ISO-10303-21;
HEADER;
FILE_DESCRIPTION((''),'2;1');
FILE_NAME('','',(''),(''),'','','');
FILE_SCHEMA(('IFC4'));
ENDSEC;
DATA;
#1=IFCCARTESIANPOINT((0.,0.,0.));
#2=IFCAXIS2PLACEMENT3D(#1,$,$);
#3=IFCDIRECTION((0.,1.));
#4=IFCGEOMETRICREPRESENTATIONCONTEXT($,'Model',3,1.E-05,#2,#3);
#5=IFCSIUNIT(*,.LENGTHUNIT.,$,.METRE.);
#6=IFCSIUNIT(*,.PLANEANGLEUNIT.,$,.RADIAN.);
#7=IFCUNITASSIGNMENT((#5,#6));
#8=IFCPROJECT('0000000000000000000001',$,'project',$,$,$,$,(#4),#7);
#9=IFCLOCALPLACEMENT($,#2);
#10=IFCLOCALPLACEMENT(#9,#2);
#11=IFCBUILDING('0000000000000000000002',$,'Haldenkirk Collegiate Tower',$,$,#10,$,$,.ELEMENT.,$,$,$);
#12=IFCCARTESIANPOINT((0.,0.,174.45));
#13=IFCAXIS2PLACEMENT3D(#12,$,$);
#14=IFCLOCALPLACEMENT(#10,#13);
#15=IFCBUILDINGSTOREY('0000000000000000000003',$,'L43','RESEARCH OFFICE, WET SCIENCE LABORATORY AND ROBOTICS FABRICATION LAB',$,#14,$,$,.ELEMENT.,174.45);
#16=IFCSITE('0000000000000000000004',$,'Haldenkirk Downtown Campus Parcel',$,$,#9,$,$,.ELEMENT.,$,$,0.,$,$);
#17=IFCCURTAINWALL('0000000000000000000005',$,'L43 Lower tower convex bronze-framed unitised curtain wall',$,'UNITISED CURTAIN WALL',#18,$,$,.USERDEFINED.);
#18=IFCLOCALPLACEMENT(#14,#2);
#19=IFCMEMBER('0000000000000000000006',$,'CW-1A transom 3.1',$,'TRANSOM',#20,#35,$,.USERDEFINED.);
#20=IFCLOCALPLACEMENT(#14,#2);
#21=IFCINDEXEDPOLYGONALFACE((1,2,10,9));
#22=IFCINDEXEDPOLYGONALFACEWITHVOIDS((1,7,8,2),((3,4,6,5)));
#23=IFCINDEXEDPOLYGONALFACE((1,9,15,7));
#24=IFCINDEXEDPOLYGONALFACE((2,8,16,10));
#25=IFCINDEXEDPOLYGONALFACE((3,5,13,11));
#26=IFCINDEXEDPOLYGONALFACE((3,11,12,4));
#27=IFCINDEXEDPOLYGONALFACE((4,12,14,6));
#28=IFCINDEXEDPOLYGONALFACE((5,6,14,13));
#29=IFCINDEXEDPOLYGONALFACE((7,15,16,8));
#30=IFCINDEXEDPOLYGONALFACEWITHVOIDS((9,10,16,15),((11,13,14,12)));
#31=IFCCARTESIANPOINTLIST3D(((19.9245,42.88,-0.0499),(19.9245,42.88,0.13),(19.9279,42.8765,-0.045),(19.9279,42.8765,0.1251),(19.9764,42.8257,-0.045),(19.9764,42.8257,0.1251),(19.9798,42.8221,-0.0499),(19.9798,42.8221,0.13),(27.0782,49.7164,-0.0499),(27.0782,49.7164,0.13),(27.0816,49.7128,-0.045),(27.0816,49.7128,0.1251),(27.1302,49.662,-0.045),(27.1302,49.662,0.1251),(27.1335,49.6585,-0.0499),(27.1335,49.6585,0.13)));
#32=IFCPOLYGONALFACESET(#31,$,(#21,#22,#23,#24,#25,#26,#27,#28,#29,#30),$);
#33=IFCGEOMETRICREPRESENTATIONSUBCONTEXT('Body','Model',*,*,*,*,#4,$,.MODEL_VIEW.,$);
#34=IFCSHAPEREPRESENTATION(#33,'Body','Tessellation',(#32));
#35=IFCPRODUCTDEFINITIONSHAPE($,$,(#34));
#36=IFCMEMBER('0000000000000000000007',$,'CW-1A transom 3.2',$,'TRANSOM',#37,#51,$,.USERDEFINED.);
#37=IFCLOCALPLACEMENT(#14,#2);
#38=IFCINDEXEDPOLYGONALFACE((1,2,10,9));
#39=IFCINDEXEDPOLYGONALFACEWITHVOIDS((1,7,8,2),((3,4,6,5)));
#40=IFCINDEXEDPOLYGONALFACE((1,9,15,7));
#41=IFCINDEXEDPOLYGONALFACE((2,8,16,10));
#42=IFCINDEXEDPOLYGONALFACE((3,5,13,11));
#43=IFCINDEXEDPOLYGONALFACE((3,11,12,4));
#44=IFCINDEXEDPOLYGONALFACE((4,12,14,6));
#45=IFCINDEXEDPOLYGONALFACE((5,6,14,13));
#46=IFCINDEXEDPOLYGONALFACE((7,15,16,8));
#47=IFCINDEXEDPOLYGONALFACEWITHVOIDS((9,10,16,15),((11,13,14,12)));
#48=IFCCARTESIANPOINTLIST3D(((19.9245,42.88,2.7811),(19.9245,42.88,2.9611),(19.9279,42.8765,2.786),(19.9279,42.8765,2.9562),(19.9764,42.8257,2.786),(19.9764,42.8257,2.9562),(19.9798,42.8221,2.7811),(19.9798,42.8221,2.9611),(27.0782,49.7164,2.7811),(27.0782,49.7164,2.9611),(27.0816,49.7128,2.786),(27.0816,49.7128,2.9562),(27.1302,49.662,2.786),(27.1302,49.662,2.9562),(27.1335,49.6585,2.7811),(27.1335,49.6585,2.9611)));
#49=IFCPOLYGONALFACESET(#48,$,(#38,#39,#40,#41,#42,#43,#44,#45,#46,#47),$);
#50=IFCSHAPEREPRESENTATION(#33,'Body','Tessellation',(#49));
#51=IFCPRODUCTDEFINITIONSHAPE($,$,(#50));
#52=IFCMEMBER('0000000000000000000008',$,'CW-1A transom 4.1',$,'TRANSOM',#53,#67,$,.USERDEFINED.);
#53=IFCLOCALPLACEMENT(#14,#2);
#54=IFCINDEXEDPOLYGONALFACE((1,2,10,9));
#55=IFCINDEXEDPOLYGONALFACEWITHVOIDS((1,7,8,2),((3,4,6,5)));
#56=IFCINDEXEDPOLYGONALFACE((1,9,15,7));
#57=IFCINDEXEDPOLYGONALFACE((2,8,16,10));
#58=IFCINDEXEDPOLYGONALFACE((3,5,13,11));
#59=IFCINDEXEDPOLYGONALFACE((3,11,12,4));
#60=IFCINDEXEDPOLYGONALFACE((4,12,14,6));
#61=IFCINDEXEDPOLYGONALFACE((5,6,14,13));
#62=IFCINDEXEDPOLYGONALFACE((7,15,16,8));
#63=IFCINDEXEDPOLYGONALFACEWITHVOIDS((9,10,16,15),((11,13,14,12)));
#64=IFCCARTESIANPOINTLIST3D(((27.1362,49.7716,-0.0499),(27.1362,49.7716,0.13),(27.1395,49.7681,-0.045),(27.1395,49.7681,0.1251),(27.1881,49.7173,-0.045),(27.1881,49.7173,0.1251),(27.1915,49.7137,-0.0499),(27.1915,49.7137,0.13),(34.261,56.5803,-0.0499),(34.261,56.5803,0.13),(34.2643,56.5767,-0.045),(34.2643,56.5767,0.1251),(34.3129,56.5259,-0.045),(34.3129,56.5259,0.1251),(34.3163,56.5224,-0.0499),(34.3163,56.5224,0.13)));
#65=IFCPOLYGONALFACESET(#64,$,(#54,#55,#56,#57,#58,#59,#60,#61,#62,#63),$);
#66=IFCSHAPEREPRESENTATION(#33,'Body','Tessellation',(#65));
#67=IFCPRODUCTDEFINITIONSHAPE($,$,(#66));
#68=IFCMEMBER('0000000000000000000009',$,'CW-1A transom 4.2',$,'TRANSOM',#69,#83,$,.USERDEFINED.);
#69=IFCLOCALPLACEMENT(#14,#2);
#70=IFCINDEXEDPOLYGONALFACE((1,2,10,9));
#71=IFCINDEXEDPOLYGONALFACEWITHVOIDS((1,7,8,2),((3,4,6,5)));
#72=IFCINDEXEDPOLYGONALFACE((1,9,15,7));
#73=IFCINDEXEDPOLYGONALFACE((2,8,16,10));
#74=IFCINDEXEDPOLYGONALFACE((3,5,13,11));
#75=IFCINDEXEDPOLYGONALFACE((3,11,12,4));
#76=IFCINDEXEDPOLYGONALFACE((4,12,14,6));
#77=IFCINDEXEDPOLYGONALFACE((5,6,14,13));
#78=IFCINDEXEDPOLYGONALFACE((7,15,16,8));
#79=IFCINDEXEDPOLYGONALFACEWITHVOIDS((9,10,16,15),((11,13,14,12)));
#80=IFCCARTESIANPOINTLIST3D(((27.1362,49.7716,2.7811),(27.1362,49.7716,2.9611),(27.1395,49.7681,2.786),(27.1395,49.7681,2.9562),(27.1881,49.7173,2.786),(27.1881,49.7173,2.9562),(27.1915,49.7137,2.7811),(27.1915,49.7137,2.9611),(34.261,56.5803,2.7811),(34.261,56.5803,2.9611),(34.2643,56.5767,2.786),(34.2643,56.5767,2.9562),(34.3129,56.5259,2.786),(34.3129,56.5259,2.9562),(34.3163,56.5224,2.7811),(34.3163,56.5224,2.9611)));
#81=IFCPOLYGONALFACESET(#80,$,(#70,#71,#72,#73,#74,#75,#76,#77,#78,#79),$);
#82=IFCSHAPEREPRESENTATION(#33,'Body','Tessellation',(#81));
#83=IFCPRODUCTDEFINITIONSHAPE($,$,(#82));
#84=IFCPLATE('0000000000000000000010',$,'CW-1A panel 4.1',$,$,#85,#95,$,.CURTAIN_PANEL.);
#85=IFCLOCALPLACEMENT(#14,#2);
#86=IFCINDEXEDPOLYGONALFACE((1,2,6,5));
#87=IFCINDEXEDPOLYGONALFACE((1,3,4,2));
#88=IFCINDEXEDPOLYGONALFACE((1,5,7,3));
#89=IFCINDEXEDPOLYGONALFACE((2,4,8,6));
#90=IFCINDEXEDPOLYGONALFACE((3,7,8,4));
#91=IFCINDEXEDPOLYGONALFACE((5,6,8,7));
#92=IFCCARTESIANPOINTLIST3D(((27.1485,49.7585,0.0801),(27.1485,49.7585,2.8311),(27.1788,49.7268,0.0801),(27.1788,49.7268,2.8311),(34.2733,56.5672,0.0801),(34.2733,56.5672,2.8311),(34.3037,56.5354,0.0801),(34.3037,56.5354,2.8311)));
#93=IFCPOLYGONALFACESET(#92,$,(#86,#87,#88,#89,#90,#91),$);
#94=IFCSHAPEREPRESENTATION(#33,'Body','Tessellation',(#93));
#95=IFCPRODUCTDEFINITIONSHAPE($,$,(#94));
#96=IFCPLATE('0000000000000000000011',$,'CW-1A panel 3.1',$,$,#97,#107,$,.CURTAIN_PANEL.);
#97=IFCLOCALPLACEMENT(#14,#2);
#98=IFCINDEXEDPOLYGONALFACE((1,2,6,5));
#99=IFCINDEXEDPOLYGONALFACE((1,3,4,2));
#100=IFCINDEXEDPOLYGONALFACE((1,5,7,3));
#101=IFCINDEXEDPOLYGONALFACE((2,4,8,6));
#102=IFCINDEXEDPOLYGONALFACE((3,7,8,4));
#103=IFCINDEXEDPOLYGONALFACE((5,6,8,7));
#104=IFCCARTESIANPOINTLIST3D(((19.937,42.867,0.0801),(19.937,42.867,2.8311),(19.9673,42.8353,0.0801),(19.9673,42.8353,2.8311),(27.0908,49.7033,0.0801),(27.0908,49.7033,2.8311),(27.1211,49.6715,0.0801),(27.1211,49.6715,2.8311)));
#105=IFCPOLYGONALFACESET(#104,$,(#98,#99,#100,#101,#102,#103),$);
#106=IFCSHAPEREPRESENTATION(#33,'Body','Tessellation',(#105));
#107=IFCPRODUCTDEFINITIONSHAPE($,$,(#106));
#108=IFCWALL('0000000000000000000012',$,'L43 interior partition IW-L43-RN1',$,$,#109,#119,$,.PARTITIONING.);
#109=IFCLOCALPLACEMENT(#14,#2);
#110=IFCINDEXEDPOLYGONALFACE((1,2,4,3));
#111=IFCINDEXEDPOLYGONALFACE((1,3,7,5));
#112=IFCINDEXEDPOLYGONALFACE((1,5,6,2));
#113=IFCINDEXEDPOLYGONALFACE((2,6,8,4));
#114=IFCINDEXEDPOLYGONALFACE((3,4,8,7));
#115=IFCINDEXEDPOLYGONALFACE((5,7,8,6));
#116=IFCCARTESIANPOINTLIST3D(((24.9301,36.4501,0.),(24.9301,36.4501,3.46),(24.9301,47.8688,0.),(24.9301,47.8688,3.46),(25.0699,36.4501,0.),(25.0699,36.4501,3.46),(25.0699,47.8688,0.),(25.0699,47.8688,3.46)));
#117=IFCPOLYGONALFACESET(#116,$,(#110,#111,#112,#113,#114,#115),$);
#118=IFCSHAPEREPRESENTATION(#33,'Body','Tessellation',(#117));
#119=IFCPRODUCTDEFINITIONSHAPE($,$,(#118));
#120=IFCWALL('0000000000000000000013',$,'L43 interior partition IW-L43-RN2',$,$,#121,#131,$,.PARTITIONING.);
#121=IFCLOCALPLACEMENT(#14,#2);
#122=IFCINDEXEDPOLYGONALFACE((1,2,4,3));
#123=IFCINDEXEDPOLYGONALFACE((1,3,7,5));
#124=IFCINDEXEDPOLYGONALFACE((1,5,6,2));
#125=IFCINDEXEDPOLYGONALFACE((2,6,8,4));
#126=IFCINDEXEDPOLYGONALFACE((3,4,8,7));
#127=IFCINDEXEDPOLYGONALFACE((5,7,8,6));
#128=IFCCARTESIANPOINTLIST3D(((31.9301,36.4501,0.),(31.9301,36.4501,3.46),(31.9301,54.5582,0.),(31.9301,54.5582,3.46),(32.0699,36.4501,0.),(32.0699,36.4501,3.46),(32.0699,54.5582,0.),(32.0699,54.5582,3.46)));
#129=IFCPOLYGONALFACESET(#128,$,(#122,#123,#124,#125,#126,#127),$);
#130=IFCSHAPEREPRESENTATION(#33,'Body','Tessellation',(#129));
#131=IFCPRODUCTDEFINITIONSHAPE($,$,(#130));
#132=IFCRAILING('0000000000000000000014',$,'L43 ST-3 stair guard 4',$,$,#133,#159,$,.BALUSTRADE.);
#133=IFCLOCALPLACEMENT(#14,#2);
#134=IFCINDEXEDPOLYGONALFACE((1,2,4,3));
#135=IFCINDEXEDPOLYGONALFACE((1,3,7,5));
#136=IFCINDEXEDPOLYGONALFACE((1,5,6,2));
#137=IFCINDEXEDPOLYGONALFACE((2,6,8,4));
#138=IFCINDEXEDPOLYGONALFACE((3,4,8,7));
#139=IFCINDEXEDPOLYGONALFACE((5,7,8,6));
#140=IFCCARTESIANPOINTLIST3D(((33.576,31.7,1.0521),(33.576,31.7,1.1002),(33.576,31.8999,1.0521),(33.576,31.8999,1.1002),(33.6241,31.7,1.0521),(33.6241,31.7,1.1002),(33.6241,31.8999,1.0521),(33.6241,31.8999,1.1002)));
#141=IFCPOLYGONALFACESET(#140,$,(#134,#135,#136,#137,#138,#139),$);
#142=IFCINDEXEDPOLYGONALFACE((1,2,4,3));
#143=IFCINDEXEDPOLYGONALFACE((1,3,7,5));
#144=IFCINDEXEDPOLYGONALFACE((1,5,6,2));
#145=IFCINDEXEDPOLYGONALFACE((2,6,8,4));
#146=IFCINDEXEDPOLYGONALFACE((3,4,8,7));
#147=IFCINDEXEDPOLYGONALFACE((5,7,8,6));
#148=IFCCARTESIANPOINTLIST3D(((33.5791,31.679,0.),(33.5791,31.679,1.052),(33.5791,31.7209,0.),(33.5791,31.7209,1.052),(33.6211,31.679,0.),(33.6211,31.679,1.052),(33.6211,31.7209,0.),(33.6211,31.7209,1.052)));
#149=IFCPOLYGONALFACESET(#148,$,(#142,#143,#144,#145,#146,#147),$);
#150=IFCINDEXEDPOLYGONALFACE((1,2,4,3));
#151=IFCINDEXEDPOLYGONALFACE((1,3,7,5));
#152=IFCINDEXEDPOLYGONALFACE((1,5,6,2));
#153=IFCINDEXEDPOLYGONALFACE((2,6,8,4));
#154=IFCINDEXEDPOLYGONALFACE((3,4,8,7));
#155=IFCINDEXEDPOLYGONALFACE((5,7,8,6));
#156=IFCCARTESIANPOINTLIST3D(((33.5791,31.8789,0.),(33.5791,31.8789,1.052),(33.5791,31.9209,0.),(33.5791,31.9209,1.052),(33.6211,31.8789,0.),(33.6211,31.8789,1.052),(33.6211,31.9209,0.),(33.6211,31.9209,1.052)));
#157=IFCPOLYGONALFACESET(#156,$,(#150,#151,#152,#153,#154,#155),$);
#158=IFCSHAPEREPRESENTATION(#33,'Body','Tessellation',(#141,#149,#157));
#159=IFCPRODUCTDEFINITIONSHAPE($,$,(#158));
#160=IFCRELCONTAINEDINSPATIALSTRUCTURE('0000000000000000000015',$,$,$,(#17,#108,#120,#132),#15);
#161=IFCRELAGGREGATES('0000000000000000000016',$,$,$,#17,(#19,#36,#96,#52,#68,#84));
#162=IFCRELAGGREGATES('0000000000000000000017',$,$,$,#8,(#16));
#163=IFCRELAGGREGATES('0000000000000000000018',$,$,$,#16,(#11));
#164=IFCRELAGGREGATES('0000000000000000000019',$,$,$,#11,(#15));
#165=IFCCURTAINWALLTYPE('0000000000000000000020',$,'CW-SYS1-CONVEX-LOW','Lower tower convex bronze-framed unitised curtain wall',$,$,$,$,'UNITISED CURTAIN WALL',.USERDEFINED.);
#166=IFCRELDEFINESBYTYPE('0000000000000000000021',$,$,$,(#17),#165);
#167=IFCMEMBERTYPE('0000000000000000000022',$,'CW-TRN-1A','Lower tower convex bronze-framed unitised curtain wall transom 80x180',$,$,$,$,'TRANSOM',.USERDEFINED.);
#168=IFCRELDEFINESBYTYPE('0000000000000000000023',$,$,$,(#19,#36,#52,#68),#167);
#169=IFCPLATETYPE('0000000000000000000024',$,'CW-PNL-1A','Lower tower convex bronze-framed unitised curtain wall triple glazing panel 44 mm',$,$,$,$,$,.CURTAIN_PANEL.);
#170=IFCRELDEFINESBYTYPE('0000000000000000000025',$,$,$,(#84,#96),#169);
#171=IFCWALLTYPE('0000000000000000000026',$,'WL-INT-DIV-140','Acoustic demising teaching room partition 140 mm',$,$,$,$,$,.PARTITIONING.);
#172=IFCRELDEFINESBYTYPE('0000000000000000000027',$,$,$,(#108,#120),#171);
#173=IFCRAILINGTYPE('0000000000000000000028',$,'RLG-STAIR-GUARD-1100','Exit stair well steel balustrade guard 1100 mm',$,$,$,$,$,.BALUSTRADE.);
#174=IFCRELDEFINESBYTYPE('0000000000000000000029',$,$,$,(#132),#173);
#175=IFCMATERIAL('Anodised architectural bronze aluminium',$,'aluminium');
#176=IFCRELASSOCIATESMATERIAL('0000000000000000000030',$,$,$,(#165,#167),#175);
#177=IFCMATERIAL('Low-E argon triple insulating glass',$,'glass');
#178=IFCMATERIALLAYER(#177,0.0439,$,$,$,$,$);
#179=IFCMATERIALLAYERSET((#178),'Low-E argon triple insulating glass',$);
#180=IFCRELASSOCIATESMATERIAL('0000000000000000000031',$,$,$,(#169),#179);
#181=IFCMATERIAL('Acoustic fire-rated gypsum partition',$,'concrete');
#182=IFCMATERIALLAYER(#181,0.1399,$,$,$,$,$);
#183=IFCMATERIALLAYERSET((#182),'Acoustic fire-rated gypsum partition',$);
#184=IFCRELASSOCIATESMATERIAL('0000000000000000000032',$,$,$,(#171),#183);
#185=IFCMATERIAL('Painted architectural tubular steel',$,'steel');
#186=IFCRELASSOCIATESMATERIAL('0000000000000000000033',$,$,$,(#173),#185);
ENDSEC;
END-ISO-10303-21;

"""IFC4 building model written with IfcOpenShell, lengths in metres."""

from ifc_helpers import new_model, si_unit, direction, frame, frame_2d, origin, origin_2d, place, context, subcontext, project, spatial, rectangle, hollow_rectangle, extrude, source, transform, mapped, material, layer, layer_set, material_profile, profile_set, type_object, element, aggregate, save


model = new_model("IFC4")

# Units and contexts
model_context = context("Model", 3, precision=1e-05, world=origin(), true_north=direction((0.0, 1.0)))
body_context = subcontext(model_context, "Body", "Model", "MODEL_VIEW")
ifc_project = project(units=[si_unit("LENGTHUNIT", "METRE"), si_unit("PLANEANGLEUNIT", "RADIAN")], contexts=[model_context])

# Site, building, storey
site_placement = place(None, origin())
site = spatial("IfcSite", under=ifc_project, at=site_placement, Name="Haldenkirk Downtown Campus Parcel", CompositionType="ELEMENT", RefElevation=0.0)
building_placement = place(site_placement, origin())
building = spatial("IfcBuilding", under=site, at=building_placement, Name="Haldenkirk Collegiate Tower", CompositionType="ELEMENT")
storey_placement = place(building_placement, frame((0.0, 0.0, 174.45)))
storey = spatial("IfcBuildingStorey", under=building, at=storey_placement, Name="L43", Description="RESEARCH OFFICE, WET SCIENCE LABORATORY AND ROBOTICS FABRICATION LAB", CompositionType="ELEMENT", Elevation=174.45)

# Curtain wall, members, plates
ifc_material_1 = material(Name="Anodised architectural bronze aluminium", Category="aluminium")
curtain_wall_type = type_object("IfcCurtainWallType", Name="CW-SYS1-CONVEX-LOW", Description="Lower tower convex bronze-framed unitised curtain wall", ElementType="UNITISED CURTAIN WALL", PredefinedType="USERDEFINED", material=ifc_material_1)
curtain_wall_placement = place(storey_placement, origin())
curtain_wall = element("IfcCurtainWall", 1, at=curtain_wall_placement, inside=storey, type_object=curtain_wall_type, Name="L43 Lower tower convex bronze-framed unitised curtain wall", ObjectType="UNITISED CURTAIN WALL", PredefinedType="USERDEFINED")
ifc_material_profile_1 = material_profile(ifc_material_1, hollow_rectangle(XDim=0.0801, YDim=0.1799, WallThickness=0.0049, at=origin_2d()), Name="CW-TRN-1A")
ifc_profile_set_1 = profile_set([ifc_material_profile_1], Name="Anodised architectural bronze aluminium")
member_type_1 = type_object("IfcMemberType", Name="CW-TRN-1A", Description="Lower tower convex bronze-framed unitised curtain wall transom 80x180", ElementType="TRANSOM", PredefinedType="USERDEFINED", material=ifc_profile_set_1)
member_1_placement = place(storey_placement, frame((19.9521, 42.8511, 0.04), z_axis=(0.722962, 0.690888, 0.0), x_axis=(-0.690888, 0.722962, 0.0)))
member_1 = element("IfcMember", 2, at=member_1_placement, type_object=member_type_1, Name="CW-1A transom 3.1", ObjectType="TRANSOM", PredefinedType="USERDEFINED", context=body_context, shape_type="SweptSolid", body=[
    extrude(hollow_rectangle(XDim=0.0801, YDim=0.1799, WallThickness=0.0049, at=origin_2d()), origin(), (0.0, 0.0, 1.0), 9.895),
])
member_2_placement = place(storey_placement, frame((19.9521, 42.8511, 2.8711), z_axis=(0.722962, 0.690888, 0.0), x_axis=(-0.690888, 0.722962, 0.0)))
member_2 = element("IfcMember", 3, at=member_2_placement, type_object=member_type_1, Name="CW-1A transom 3.2", ObjectType="TRANSOM", PredefinedType="USERDEFINED", context=body_context, shape_type="SweptSolid", body=[
    extrude(hollow_rectangle(XDim=0.0801, YDim=0.1799, WallThickness=0.0049, at=origin_2d()), origin(), (0.0, 0.0, 1.0), 9.895),
])
member_3_placement = place(storey_placement, frame((27.1638, 49.7427, 0.04), z_axis=(0.722966, 0.690884, 0.0), x_axis=(-0.690884, 0.722966, 0.0)))
member_3 = element("IfcMember", 4, at=member_3_placement, type_object=member_type_1, Name="CW-1A transom 4.1", ObjectType="TRANSOM", PredefinedType="USERDEFINED", context=body_context, shape_type="SweptSolid", body=[
    extrude(hollow_rectangle(XDim=0.0801, YDim=0.1799, WallThickness=0.0049, at=origin_2d()), origin(), (0.0, 0.0, 1.0), 9.855),
])
member_4_placement = place(storey_placement, frame((27.1638, 49.7427, 2.8711), z_axis=(0.722966, 0.690884, 0.0), x_axis=(-0.690884, 0.722966, 0.0)))
member_4 = element("IfcMember", 5, at=member_4_placement, type_object=member_type_1, Name="CW-1A transom 4.2", ObjectType="TRANSOM", PredefinedType="USERDEFINED", context=body_context, shape_type="SweptSolid", body=[
    extrude(hollow_rectangle(XDim=0.0801, YDim=0.1799, WallThickness=0.0049, at=origin_2d()), origin(), (0.0, 0.0, 1.0), 9.855),
])
ifc_material_2 = material(Name="Low-E argon triple insulating glass", Category="glass")
ifc_layer_1 = layer(ifc_material_2, 0.0439)
ifc_layer_set_1 = layer_set([ifc_layer_1], Name="Low-E argon triple insulating glass")
plate_type = type_object("IfcPlateType", Name="CW-PNL-1A", Description="Lower tower convex bronze-framed unitised curtain wall triple glazing panel 44 mm", PredefinedType="CURTAIN_PANEL", material=ifc_layer_set_1)
shared_shape_1 = source(origin(), body_context, "Body", "SweptSolid", [
    extrude(rectangle(XDim=9.855, YDim=0.0439, at=origin_2d()), origin(), (0.0, 0.0, 1.0), 2.751),
])
plate_1_placement = place(storey_placement, frame((30.7261, 53.147, 0.0801), z_axis=(0.0, 0.0, 1.0), x_axis=(0.722967, 0.690882, 0.0)))
plate_1 = element("IfcPlate", 6, at=plate_1_placement, type_object=plate_type, Name="CW-1A panel 4.1", PredefinedType="CURTAIN_PANEL", context=body_context, shape_type="MappedRepresentation", body=[
    mapped(shared_shape_1, transform((0.0, 0.0, 0.0), x_axis=(1.0, 0.0, 0.0), y_axis=(0.0, 1.0, 0.0), z_axis=(0.0, 0.0, 1.0), scale=1.0)),
])
shared_shape_2 = source(origin(), body_context, "Body", "SweptSolid", [
    extrude(rectangle(XDim=9.895, YDim=0.0439, at=origin_2d()), origin(), (0.0, 0.0, 1.0), 2.751),
])
plate_2_placement = place(storey_placement, frame((23.5291, 46.2693, 0.0801), z_axis=(0.0, 0.0, 1.0), x_axis=(0.722967, 0.690882, 0.0)))
plate_2 = element("IfcPlate", 7, at=plate_2_placement, type_object=plate_type, Name="CW-1A panel 3.1", PredefinedType="CURTAIN_PANEL", context=body_context, shape_type="MappedRepresentation", body=[
    mapped(shared_shape_2, transform((0.0, 0.0, 0.0), x_axis=(1.0, 0.0, 0.0), y_axis=(0.0, 1.0, 0.0), z_axis=(0.0, 0.0, 1.0), scale=1.0)),
])
aggregate(curtain_wall, [member_1, member_2, plate_2, member_3, member_4, plate_1])

# Walls
ifc_material_3 = material(Name="Acoustic fire-rated gypsum partition", Category="concrete")
ifc_layer_2 = layer(ifc_material_3, 0.1399)
ifc_layer_set_2 = layer_set([ifc_layer_2], Name="Acoustic fire-rated gypsum partition")
wall_type_1 = type_object("IfcWallType", Name="WL-INT-DIV-140", Description="Acoustic demising teaching room partition 140 mm", PredefinedType="PARTITIONING", material=ifc_layer_set_2)
wall_1_placement = place(storey_placement, frame((25.0, 36.45, 0.0), z_axis=(0.0, 0.0, 1.0), x_axis=(0.0, 1.0, 0.0)))
element("IfcWall", 8, at=wall_1_placement, inside=storey, type_object=wall_type_1, Name="L43 interior partition IW-L43-RN1", PredefinedType="PARTITIONING", context=body_context, shape_type="SweptSolid", body=[
    extrude(rectangle(XDim=11.4187, YDim=0.1399, at=frame_2d((5.7095, 0.0))), origin(), (0.0, 0.0, 1.0), 3.46),
])
wall_2_placement = place(storey_placement, frame((32.0, 36.45, 0.0), z_axis=(0.0, 0.0, 1.0), x_axis=(0.0, 1.0, 0.0)))
element("IfcWall", 9, at=wall_2_placement, inside=storey, type_object=wall_type_1, Name="L43 interior partition IW-L43-RN2", PredefinedType="PARTITIONING", context=body_context, shape_type="SweptSolid", body=[
    extrude(rectangle(XDim=18.1082, YDim=0.1399, at=frame_2d((9.0542, 0.0))), origin(), (0.0, 0.0, 1.0), 3.46),
])

# Railing
ifc_material_4 = material(Name="Painted architectural tubular steel", Category="steel")
railing_type = type_object("IfcRailingType", Name="RLG-STAIR-GUARD-1100", Description="Exit stair well steel balustrade guard 1100 mm", PredefinedType="BALUSTRADE", material=ifc_material_4)
railing_placement = place(storey_placement, frame((33.6001, 31.7, 0.0)))
element("IfcRailing", 10, at=railing_placement, inside=storey, type_object=railing_type, Name="L43 ST-3 stair guard 4", PredefinedType="BALUSTRADE", context=body_context, shape_type="SweptSolid", body=[
    extrude(rectangle(XDim=0.0481, YDim=0.0481, at=origin_2d()), frame((0.0, 0.0, 1.0762), z_axis=(0.0, 1.0, 0.0), x_axis=(-1.0, 0.0, 0.0)), (0.0, 0.0, 1.0), 0.2),
    extrude(rectangle(XDim=0.042, YDim=0.042, at=origin_2d()), origin(), (0.0, 0.0, 1.0), 1.052),
    extrude(rectangle(XDim=0.042, YDim=0.042, at=origin_2d()), frame((0.0, 0.2, 0.0)), (0.0, 0.0, 1.0), 1.052),
])

save(model, "model.ifc")
